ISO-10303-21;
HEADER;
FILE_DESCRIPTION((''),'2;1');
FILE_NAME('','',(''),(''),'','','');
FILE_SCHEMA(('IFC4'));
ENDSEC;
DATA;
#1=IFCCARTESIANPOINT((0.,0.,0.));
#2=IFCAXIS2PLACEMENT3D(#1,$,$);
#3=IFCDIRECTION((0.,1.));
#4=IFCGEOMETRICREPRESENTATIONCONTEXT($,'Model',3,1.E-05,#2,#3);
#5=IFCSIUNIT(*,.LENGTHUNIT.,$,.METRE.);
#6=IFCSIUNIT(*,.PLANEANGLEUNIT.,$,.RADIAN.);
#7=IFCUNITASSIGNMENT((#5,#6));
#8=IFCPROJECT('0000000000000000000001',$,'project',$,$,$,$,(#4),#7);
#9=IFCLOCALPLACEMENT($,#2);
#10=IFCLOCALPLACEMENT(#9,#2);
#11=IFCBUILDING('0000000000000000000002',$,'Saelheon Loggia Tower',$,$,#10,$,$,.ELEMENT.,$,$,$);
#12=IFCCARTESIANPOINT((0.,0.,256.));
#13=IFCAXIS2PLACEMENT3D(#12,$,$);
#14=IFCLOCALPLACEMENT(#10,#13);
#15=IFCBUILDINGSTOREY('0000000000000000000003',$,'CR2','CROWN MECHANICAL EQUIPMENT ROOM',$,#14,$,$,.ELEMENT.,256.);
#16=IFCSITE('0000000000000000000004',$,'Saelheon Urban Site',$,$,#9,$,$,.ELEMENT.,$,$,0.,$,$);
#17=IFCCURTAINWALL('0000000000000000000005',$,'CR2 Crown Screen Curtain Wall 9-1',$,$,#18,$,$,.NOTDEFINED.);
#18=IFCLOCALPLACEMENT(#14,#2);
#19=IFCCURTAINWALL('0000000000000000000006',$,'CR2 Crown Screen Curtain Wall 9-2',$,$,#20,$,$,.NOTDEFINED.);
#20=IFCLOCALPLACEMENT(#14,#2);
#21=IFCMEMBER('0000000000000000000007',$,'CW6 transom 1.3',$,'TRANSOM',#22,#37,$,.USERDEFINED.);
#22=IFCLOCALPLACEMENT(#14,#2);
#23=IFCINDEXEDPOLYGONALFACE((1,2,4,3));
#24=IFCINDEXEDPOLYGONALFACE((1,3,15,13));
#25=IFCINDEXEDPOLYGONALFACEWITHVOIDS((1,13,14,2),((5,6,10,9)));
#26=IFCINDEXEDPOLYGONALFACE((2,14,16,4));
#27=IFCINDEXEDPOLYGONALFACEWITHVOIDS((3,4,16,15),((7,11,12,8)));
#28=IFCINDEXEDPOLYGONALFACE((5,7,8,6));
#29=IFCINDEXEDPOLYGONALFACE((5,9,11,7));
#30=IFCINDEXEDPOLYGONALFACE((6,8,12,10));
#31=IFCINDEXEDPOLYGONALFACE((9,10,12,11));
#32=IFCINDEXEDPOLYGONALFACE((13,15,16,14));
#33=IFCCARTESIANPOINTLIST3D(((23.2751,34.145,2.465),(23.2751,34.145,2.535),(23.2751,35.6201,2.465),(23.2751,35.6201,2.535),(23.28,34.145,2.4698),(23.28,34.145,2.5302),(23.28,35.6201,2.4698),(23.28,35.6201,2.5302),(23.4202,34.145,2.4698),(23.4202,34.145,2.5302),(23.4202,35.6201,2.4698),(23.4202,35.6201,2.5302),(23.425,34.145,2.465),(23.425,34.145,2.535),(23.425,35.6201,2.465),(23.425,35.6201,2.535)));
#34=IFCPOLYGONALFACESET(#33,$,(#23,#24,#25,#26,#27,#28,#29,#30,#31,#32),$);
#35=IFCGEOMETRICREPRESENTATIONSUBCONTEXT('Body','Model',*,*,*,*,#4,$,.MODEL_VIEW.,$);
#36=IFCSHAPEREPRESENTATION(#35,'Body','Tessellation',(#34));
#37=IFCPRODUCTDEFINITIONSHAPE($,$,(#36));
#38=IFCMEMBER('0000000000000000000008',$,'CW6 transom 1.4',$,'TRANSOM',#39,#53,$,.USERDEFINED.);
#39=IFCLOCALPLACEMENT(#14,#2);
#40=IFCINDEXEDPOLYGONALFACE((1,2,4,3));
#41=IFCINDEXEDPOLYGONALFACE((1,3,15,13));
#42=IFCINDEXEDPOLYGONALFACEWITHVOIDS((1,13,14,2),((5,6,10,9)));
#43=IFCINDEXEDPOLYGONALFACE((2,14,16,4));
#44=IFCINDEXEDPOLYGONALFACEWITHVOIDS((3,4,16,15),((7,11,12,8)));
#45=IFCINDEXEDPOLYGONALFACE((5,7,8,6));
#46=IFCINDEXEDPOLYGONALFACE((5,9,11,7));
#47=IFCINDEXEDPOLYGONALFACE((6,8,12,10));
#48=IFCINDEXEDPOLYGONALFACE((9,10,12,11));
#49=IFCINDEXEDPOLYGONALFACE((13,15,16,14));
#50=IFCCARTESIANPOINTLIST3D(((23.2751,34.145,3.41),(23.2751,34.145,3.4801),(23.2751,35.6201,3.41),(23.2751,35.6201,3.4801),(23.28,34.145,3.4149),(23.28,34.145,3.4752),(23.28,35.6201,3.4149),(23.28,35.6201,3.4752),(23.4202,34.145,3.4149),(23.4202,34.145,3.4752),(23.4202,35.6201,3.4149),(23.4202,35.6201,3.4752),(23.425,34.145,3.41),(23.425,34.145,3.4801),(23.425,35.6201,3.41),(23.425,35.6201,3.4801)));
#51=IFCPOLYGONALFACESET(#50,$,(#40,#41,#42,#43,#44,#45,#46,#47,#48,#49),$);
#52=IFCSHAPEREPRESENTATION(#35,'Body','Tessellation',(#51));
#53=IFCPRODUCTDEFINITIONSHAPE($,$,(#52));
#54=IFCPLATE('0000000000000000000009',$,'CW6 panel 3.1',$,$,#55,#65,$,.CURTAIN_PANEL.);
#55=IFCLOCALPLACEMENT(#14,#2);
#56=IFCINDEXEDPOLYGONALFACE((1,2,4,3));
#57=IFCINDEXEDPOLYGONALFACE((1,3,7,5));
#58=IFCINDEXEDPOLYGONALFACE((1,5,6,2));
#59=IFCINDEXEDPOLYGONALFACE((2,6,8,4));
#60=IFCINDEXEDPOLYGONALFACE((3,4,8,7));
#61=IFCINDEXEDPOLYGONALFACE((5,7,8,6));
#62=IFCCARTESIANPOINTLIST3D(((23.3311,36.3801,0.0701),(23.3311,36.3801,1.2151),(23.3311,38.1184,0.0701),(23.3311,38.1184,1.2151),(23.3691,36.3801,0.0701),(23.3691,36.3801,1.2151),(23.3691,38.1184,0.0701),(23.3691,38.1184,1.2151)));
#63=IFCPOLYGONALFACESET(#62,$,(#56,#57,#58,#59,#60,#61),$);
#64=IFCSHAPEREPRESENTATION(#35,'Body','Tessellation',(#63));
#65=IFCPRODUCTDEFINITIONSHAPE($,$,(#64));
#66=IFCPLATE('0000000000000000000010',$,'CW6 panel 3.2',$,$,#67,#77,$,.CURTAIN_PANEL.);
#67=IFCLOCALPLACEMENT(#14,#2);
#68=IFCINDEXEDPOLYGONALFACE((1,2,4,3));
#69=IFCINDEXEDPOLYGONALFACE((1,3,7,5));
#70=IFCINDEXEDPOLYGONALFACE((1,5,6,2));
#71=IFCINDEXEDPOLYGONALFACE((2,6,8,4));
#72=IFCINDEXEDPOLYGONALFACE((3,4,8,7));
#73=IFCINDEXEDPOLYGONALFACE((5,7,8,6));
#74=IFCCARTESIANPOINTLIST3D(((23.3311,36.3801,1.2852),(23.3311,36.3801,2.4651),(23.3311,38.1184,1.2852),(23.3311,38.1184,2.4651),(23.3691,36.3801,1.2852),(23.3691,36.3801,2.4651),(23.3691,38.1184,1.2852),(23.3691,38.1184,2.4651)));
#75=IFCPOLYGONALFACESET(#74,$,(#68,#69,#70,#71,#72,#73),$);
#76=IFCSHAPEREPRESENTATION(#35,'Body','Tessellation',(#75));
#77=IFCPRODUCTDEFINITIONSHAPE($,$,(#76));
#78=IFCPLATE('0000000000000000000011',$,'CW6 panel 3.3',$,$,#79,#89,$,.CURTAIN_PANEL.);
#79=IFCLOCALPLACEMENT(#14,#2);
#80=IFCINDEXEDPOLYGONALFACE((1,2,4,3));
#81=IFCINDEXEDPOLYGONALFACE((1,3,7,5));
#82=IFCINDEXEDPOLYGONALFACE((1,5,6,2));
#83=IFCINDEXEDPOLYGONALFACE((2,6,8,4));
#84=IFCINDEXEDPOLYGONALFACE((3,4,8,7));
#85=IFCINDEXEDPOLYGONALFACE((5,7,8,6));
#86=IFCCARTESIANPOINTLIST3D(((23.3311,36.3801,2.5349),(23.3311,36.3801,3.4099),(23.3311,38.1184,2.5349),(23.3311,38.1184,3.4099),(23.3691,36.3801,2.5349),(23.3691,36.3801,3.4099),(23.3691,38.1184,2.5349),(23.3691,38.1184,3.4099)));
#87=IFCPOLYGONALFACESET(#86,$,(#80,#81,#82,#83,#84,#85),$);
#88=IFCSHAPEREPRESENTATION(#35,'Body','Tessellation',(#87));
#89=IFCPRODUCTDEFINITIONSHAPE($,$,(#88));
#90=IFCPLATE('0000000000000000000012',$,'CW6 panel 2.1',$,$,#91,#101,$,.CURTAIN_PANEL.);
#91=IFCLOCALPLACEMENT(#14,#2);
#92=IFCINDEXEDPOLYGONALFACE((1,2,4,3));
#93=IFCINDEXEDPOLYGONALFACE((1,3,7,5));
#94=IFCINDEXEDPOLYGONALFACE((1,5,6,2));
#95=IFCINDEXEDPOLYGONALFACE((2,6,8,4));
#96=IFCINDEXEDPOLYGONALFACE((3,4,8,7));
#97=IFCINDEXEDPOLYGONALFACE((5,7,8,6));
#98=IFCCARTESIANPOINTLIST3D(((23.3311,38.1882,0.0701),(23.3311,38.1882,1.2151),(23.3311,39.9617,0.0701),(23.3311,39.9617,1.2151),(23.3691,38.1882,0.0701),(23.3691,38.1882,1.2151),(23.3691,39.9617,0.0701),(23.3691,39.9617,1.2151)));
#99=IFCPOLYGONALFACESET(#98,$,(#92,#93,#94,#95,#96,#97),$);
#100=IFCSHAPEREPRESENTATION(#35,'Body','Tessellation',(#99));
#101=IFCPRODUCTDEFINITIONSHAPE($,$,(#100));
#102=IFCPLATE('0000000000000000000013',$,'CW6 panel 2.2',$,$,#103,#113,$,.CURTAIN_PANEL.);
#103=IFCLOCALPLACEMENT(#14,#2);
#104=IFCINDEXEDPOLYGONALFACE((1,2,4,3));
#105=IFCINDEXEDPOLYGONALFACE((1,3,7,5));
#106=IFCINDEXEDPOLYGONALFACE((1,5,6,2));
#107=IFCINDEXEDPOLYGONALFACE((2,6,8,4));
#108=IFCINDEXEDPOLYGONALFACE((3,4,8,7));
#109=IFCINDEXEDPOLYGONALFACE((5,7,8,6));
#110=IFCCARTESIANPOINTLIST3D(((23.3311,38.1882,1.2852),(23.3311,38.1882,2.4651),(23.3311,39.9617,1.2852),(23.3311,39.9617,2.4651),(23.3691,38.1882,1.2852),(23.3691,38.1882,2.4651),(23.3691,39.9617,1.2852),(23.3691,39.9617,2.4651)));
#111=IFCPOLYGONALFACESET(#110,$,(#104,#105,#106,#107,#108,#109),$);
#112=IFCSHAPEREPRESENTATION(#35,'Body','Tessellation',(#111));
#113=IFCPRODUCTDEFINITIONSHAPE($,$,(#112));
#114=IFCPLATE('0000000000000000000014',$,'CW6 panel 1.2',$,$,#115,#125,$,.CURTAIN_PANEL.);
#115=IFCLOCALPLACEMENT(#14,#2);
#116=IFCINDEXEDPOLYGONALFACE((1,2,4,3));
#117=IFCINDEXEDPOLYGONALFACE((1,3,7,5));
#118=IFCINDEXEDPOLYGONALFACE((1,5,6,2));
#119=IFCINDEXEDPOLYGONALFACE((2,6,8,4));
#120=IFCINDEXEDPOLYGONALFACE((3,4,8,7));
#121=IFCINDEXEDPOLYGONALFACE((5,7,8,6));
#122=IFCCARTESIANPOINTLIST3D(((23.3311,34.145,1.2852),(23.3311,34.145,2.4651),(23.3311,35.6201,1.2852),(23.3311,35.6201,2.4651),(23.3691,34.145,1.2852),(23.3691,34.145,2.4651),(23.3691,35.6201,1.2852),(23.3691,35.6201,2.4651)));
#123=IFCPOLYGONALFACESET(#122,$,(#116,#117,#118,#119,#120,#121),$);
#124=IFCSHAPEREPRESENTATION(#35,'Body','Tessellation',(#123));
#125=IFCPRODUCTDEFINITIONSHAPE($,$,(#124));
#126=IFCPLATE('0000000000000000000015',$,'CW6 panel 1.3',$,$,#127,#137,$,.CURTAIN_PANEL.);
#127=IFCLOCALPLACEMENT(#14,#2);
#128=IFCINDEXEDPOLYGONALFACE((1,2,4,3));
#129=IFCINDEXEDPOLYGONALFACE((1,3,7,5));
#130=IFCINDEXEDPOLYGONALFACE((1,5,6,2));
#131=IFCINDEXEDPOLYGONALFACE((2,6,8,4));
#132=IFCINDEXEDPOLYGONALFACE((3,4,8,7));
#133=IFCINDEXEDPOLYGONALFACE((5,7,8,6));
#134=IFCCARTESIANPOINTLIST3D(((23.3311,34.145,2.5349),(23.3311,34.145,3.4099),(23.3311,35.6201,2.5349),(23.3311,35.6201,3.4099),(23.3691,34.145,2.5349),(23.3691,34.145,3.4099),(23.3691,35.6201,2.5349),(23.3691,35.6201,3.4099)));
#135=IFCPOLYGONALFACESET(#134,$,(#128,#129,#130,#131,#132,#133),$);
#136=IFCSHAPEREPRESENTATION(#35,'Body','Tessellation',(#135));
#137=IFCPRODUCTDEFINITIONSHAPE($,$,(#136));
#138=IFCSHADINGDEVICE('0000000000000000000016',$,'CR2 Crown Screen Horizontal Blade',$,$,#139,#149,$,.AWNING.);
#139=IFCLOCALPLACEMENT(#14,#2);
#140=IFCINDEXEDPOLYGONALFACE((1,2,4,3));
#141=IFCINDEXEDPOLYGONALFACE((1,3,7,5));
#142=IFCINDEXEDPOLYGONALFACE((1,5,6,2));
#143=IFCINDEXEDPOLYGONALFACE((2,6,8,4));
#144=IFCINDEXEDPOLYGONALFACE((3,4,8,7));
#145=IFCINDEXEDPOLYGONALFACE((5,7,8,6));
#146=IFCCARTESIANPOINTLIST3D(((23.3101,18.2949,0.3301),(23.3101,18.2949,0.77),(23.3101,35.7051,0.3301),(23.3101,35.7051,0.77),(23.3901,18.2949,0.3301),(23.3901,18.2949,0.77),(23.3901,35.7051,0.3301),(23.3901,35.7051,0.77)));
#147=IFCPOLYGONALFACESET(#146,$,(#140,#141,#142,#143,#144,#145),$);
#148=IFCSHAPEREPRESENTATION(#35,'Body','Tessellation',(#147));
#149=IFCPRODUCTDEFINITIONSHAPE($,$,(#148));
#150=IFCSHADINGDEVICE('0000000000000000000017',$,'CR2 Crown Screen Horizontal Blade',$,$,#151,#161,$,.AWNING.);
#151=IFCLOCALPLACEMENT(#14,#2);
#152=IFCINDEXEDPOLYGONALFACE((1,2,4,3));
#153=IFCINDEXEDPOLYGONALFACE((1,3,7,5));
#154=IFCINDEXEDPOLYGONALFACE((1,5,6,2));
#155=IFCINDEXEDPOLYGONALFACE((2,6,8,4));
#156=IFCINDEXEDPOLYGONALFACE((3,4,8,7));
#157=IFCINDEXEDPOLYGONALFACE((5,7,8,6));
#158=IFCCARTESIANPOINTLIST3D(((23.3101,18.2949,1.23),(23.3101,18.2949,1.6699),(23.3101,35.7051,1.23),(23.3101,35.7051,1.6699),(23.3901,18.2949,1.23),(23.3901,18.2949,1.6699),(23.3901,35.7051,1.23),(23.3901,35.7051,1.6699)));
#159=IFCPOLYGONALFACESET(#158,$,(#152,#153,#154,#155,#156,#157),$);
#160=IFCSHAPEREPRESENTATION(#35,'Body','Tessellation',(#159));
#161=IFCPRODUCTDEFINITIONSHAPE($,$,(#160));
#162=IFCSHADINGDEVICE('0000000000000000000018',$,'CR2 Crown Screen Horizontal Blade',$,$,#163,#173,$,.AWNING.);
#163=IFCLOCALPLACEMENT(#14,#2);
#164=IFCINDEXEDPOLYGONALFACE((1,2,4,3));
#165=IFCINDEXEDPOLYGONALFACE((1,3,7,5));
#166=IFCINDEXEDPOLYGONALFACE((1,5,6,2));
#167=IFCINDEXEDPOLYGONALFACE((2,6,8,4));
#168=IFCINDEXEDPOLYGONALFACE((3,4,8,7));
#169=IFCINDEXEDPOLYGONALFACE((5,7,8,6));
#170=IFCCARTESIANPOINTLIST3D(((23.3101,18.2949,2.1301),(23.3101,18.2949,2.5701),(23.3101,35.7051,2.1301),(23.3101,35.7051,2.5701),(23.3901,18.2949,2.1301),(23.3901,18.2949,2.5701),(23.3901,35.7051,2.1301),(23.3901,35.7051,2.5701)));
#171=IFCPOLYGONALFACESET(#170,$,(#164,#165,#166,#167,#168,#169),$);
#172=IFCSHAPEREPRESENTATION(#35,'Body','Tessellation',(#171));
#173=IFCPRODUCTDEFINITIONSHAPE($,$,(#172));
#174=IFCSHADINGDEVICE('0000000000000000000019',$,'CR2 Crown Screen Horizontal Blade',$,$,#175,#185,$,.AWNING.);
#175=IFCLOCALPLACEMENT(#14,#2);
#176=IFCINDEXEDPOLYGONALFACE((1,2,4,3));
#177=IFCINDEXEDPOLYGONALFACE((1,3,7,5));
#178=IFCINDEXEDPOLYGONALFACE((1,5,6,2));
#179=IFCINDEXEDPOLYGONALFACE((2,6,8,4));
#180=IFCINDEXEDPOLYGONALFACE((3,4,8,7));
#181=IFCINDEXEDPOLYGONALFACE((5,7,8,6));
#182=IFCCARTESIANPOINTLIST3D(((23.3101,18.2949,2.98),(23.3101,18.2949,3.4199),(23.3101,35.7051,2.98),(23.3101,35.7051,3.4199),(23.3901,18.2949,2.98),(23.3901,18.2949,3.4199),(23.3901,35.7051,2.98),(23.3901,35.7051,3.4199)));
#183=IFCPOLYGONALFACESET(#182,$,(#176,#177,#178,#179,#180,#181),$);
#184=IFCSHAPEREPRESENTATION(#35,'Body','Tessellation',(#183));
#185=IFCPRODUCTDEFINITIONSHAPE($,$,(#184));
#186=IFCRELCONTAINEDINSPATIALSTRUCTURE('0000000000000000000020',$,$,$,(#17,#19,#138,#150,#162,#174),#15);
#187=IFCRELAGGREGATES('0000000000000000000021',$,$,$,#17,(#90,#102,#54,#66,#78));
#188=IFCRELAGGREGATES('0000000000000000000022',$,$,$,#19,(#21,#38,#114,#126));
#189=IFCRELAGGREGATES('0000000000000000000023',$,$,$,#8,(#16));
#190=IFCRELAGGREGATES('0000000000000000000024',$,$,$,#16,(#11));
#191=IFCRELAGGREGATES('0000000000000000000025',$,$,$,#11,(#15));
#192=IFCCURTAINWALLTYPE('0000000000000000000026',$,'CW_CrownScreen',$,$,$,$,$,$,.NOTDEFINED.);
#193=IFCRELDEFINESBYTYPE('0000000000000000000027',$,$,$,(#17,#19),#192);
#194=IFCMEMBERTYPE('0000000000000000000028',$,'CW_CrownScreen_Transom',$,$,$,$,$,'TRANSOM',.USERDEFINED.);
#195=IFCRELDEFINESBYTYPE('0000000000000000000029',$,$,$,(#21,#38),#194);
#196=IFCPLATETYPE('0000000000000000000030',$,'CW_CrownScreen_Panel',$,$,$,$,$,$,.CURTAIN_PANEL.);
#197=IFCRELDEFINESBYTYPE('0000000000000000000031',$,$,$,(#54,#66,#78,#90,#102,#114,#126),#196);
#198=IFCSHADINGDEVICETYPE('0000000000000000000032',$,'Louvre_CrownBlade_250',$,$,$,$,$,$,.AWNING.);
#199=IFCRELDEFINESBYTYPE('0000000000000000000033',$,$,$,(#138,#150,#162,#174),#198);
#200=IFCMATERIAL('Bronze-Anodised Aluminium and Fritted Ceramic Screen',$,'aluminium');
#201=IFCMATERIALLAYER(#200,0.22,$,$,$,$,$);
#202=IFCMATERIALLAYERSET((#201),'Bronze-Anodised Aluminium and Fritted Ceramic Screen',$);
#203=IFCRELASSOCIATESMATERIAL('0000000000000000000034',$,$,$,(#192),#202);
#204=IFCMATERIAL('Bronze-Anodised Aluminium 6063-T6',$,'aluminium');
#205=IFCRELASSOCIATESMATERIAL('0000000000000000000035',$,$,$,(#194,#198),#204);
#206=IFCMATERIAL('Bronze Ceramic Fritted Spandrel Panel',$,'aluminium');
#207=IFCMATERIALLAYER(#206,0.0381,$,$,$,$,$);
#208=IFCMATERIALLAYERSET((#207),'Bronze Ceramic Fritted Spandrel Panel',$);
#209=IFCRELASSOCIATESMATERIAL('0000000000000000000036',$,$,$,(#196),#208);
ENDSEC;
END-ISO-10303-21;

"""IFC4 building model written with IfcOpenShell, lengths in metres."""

from ifc_helpers import new_model, si_unit, direction, frame, origin, origin_2d, place, context, subcontext, project, spatial, rectangle, hollow_rectangle, extrude, source, transform, mapped, material, layer, layer_set, material_profile, profile_set, type_object, element, aggregate, save


model = new_model("IFC4")

# Units and contexts
model_context = context("Model", 3, precision=1e-05, world=origin(), true_north=direction((0.0, 1.0)))
body_context = subcontext(model_context, "Body", "Model", "MODEL_VIEW")
ifc_project = project(units=[si_unit("LENGTHUNIT", "METRE"), si_unit("PLANEANGLEUNIT", "RADIAN")], contexts=[model_context])

# Site, building, storey
site_placement = place(None, origin())
site = spatial("IfcSite", under=ifc_project, at=site_placement, Name="Saelheon Urban Site", CompositionType="ELEMENT", RefElevation=0.0)
building_placement = place(site_placement, origin())
building = spatial("IfcBuilding", under=site, at=building_placement, Name="Saelheon Loggia Tower", CompositionType="ELEMENT")
storey_placement = place(building_placement, frame((0.0, 0.0, 256.0)))
storey = spatial("IfcBuildingStorey", under=building, at=storey_placement, Name="CR2", Description="CROWN MECHANICAL EQUIPMENT ROOM", CompositionType="ELEMENT", Elevation=256.0)

# Curtain wall
ifc_material_1 = material(Name="Bronze-Anodised Aluminium and Fritted Ceramic Screen", Category="aluminium")
ifc_layer_1 = layer(ifc_material_1, 0.22)
ifc_layer_set_1 = layer_set([ifc_layer_1], Name="Bronze-Anodised Aluminium and Fritted Ceramic Screen")
curtain_wall_type = type_object("IfcCurtainWallType", Name="CW_CrownScreen", PredefinedType="NOTDEFINED", material=ifc_layer_set_1)
curtain_wall_1_placement = place(storey_placement, origin())
curtain_wall_1 = element("IfcCurtainWall", 1, at=curtain_wall_1_placement, inside=storey, type_object=curtain_wall_type, Name="CR2 Crown Screen Curtain Wall 9-1", PredefinedType="NOTDEFINED")
ifc_material_2 = material(Name="Bronze-Anodised Aluminium 6063-T6", Category="aluminium")

# Curtain wall
curtain_wall_2_placement = place(storey_placement, origin())
curtain_wall_2 = element("IfcCurtainWall", 2, at=curtain_wall_2_placement, inside=storey, type_object=curtain_wall_type, Name="CR2 Crown Screen Curtain Wall 9-2", PredefinedType="NOTDEFINED")

# Members
ifc_material_profile_1 = material_profile(ifc_material_2, hollow_rectangle(XDim=0.0701, YDim=0.1499, WallThickness=0.0049, at=origin_2d()), Name="RHS-150x70x5")
ifc_profile_set_1 = profile_set([ifc_material_profile_1], Name="Bronze-Anodised Aluminium 6063-T6")
member_type_1 = type_object("IfcMemberType", Name="CW_CrownScreen_Transom", ElementType="TRANSOM", PredefinedType="USERDEFINED", material=ifc_profile_set_1)
shared_shape_1 = source(origin(), body_context, "Body", "SweptSolid", [
    extrude(hollow_rectangle(XDim=0.0701, YDim=0.1499, WallThickness=0.0049, at=origin_2d()), origin(), (0.0, 0.0, 1.0), 1.4751),
])
member_1_placement = place(storey_placement, frame((23.3501, 35.6201, 2.5), z_axis=(0.0, -1.0, 0.0), x_axis=(0.0, 0.0, 1.0)))
member_1 = element("IfcMember", 3, at=member_1_placement, type_object=member_type_1, Name="CW6 transom 1.3", ObjectType="TRANSOM", PredefinedType="USERDEFINED", context=body_context, shape_type="MappedRepresentation", body=[
    mapped(shared_shape_1, transform((0.0, 0.0, 0.0), scale=1.0)),
])
member_2_placement = place(storey_placement, frame((23.3501, 35.6201, 3.4451), z_axis=(0.0, -1.0, 0.0), x_axis=(0.0, 0.0, 1.0)))
member_2 = element("IfcMember", 4, at=member_2_placement, type_object=member_type_1, Name="CW6 transom 1.4", ObjectType="TRANSOM", PredefinedType="USERDEFINED", context=body_context, shape_type="MappedRepresentation", body=[
    mapped(shared_shape_1, transform((0.0, 0.0, 0.0), scale=1.0)),
])

# Plates
ifc_material_3 = material(Name="Bronze Ceramic Fritted Spandrel Panel", Category="aluminium")
ifc_layer_2 = layer(ifc_material_3, 0.0381)
ifc_layer_set_2 = layer_set([ifc_layer_2], Name="Bronze Ceramic Fritted Spandrel Panel")
plate_type = type_object("IfcPlateType", Name="CW_CrownScreen_Panel", PredefinedType="CURTAIN_PANEL", material=ifc_layer_set_2)
shared_shape_2 = source(origin(), body_context, "Body", "SweptSolid", [
    extrude(rectangle(XDim=1.7383, YDim=0.0381, at=origin_2d()), origin(), (0.0, 0.0, 1.0), 1.145),
])
plate_1_placement = place(storey_placement, frame((23.3501, 37.2493, 0.0701), z_axis=(0.0, 0.0, 1.0), x_axis=(0.0, -1.0, 0.0)))
plate_1 = element("IfcPlate", 5, at=plate_1_placement, type_object=plate_type, Name="CW6 panel 3.1", PredefinedType="CURTAIN_PANEL", context=body_context, shape_type="MappedRepresentation", body=[
    mapped(shared_shape_2, transform((0.0, 0.0, 0.0), scale=1.0)),
])
shared_shape_3 = source(origin(), body_context, "Body", "SweptSolid", [
    extrude(rectangle(XDim=1.7383, YDim=0.0381, at=origin_2d()), origin(), (0.0, 0.0, 1.0), 1.1799),
])
plate_2_placement = place(storey_placement, frame((23.3501, 37.2493, 1.2852), z_axis=(0.0, 0.0, 1.0), x_axis=(0.0, -1.0, 0.0)))
plate_2 = element("IfcPlate", 6, at=plate_2_placement, type_object=plate_type, Name="CW6 panel 3.2", PredefinedType="CURTAIN_PANEL", context=body_context, shape_type="MappedRepresentation", body=[
    mapped(shared_shape_3, transform((0.0, 0.0, 0.0), scale=1.0)),
])
shared_shape_4 = source(origin(), body_context, "Body", "SweptSolid", [
    extrude(rectangle(XDim=1.7383, YDim=0.0381, at=origin_2d()), origin(), (0.0, 0.0, 1.0), 0.875),
])
plate_3_placement = place(storey_placement, frame((23.3501, 37.2493, 2.5349), z_axis=(0.0, 0.0, 1.0), x_axis=(0.0, -1.0, 0.0)))
plate_3 = element("IfcPlate", 7, at=plate_3_placement, type_object=plate_type, Name="CW6 panel 3.3", PredefinedType="CURTAIN_PANEL", context=body_context, shape_type="MappedRepresentation", body=[
    mapped(shared_shape_4, transform((0.0, 0.0, 0.0), scale=1.0)),
])
shared_shape_5 = source(origin(), body_context, "Body", "SweptSolid", [
    extrude(rectangle(XDim=1.7734, YDim=0.0381, at=origin_2d()), origin(), (0.0, 0.0, 1.0), 1.145),
])
plate_4_placement = place(storey_placement, frame((23.3501, 39.075, 0.0701), z_axis=(0.0, 0.0, 1.0), x_axis=(0.0, -1.0, 0.0)))
plate_4 = element("IfcPlate", 8, at=plate_4_placement, type_object=plate_type, Name="CW6 panel 2.1", PredefinedType="CURTAIN_PANEL", context=body_context, shape_type="MappedRepresentation", body=[
    mapped(shared_shape_5, transform((0.0, 0.0, 0.0), scale=1.0)),
])
shared_shape_6 = source(origin(), body_context, "Body", "SweptSolid", [
    extrude(rectangle(XDim=1.7734, YDim=0.0381, at=origin_2d()), origin(), (0.0, 0.0, 1.0), 1.1799),
])
plate_5_placement = place(storey_placement, frame((23.3501, 39.075, 1.2852), z_axis=(0.0, 0.0, 1.0), x_axis=(0.0, -1.0, 0.0)))
plate_5 = element("IfcPlate", 9, at=plate_5_placement, type_object=plate_type, Name="CW6 panel 2.2", PredefinedType="CURTAIN_PANEL", context=body_context, shape_type="MappedRepresentation", body=[
    mapped(shared_shape_6, transform((0.0, 0.0, 0.0), scale=1.0)),
])
aggregate(curtain_wall_1, [plate_4, plate_5, plate_1, plate_2, plate_3])
shared_shape_7 = source(origin(), body_context, "Body", "SweptSolid", [
    extrude(rectangle(XDim=1.4751, YDim=0.0381, at=origin_2d()), origin(), (0.0, 0.0, 1.0), 1.1799),
])
plate_6_placement = place(storey_placement, frame((23.3501, 34.8826, 1.2852), z_axis=(0.0, 0.0, 1.0), x_axis=(0.0, -1.0, 0.0)))
plate_6 = element("IfcPlate", 10, at=plate_6_placement, type_object=plate_type, Name="CW6 panel 1.2", PredefinedType="CURTAIN_PANEL", context=body_context, shape_type="MappedRepresentation", body=[
    mapped(shared_shape_7, transform((0.0, 0.0, 0.0), scale=1.0)),
])
shared_shape_8 = source(origin(), body_context, "Body", "SweptSolid", [
    extrude(rectangle(XDim=1.4751, YDim=0.0381, at=origin_2d()), origin(), (0.0, 0.0, 1.0), 0.875),
])
plate_7_placement = place(storey_placement, frame((23.3501, 34.8826, 2.5349), z_axis=(0.0, 0.0, 1.0), x_axis=(0.0, -1.0, 0.0)))
plate_7 = element("IfcPlate", 11, at=plate_7_placement, type_object=plate_type, Name="CW6 panel 1.3", PredefinedType="CURTAIN_PANEL", context=body_context, shape_type="MappedRepresentation", body=[
    mapped(shared_shape_8, transform((0.0, 0.0, 0.0), scale=1.0)),
])
aggregate(curtain_wall_2, [member_1, member_2, plate_6, plate_7])

# Shading devices
ifc_material_profile_2 = material_profile(ifc_material_2, rectangle(XDim=0.0801, YDim=0.4399, at=origin_2d()), Name="Louvre_CrownBlade_250")
ifc_profile_set_2 = profile_set([ifc_material_profile_2], Name="Bronze-Anodised Aluminium 6063-T6")
shading_device_type = type_object("IfcShadingDeviceType", Name="Louvre_CrownBlade_250", PredefinedType="AWNING", material=ifc_profile_set_2)
shared_shape_9 = source(origin(), body_context, "Body", "SweptSolid", [
    extrude(rectangle(XDim=0.0801, YDim=0.4399, at=origin_2d()), origin(), (0.0, 0.0, 1.0), 17.4102),
])
for number, where, z_axis, x_axis, name in (
    (12, (23.3501, 35.7051, 0.55), (0.0, -1.0, 0.0), (1.0, 0.0, 0.0), "CR2 Crown Screen Horizontal Blade"),
    (13, (23.3501, 35.7051, 1.45), (0.0, -1.0, 0.0), (1.0, 0.0, 0.0), "CR2 Crown Screen Horizontal Blade"),
    (14, (23.3501, 35.7051, 2.3501), (0.0, -1.0, 0.0), (1.0, 0.0, 0.0), "CR2 Crown Screen Horizontal Blade"),
    (15, (23.3501, 35.7051, 3.2), (0.0, -1.0, 0.0), (1.0, 0.0, 0.0), "CR2 Crown Screen Horizontal Blade"),
):
    element("IfcShadingDevice", number, at=place(storey_placement, frame(where, z_axis=z_axis, x_axis=x_axis)), inside=storey, type_object=shading_device_type, Name=name, PredefinedType="AWNING", context=body_context, shape_type="MappedRepresentation", body=[
        mapped(shared_shape_9, transform((0.0, 0.0, 0.0), scale=1.0)),
    ])

save(model, "model.ifc")
